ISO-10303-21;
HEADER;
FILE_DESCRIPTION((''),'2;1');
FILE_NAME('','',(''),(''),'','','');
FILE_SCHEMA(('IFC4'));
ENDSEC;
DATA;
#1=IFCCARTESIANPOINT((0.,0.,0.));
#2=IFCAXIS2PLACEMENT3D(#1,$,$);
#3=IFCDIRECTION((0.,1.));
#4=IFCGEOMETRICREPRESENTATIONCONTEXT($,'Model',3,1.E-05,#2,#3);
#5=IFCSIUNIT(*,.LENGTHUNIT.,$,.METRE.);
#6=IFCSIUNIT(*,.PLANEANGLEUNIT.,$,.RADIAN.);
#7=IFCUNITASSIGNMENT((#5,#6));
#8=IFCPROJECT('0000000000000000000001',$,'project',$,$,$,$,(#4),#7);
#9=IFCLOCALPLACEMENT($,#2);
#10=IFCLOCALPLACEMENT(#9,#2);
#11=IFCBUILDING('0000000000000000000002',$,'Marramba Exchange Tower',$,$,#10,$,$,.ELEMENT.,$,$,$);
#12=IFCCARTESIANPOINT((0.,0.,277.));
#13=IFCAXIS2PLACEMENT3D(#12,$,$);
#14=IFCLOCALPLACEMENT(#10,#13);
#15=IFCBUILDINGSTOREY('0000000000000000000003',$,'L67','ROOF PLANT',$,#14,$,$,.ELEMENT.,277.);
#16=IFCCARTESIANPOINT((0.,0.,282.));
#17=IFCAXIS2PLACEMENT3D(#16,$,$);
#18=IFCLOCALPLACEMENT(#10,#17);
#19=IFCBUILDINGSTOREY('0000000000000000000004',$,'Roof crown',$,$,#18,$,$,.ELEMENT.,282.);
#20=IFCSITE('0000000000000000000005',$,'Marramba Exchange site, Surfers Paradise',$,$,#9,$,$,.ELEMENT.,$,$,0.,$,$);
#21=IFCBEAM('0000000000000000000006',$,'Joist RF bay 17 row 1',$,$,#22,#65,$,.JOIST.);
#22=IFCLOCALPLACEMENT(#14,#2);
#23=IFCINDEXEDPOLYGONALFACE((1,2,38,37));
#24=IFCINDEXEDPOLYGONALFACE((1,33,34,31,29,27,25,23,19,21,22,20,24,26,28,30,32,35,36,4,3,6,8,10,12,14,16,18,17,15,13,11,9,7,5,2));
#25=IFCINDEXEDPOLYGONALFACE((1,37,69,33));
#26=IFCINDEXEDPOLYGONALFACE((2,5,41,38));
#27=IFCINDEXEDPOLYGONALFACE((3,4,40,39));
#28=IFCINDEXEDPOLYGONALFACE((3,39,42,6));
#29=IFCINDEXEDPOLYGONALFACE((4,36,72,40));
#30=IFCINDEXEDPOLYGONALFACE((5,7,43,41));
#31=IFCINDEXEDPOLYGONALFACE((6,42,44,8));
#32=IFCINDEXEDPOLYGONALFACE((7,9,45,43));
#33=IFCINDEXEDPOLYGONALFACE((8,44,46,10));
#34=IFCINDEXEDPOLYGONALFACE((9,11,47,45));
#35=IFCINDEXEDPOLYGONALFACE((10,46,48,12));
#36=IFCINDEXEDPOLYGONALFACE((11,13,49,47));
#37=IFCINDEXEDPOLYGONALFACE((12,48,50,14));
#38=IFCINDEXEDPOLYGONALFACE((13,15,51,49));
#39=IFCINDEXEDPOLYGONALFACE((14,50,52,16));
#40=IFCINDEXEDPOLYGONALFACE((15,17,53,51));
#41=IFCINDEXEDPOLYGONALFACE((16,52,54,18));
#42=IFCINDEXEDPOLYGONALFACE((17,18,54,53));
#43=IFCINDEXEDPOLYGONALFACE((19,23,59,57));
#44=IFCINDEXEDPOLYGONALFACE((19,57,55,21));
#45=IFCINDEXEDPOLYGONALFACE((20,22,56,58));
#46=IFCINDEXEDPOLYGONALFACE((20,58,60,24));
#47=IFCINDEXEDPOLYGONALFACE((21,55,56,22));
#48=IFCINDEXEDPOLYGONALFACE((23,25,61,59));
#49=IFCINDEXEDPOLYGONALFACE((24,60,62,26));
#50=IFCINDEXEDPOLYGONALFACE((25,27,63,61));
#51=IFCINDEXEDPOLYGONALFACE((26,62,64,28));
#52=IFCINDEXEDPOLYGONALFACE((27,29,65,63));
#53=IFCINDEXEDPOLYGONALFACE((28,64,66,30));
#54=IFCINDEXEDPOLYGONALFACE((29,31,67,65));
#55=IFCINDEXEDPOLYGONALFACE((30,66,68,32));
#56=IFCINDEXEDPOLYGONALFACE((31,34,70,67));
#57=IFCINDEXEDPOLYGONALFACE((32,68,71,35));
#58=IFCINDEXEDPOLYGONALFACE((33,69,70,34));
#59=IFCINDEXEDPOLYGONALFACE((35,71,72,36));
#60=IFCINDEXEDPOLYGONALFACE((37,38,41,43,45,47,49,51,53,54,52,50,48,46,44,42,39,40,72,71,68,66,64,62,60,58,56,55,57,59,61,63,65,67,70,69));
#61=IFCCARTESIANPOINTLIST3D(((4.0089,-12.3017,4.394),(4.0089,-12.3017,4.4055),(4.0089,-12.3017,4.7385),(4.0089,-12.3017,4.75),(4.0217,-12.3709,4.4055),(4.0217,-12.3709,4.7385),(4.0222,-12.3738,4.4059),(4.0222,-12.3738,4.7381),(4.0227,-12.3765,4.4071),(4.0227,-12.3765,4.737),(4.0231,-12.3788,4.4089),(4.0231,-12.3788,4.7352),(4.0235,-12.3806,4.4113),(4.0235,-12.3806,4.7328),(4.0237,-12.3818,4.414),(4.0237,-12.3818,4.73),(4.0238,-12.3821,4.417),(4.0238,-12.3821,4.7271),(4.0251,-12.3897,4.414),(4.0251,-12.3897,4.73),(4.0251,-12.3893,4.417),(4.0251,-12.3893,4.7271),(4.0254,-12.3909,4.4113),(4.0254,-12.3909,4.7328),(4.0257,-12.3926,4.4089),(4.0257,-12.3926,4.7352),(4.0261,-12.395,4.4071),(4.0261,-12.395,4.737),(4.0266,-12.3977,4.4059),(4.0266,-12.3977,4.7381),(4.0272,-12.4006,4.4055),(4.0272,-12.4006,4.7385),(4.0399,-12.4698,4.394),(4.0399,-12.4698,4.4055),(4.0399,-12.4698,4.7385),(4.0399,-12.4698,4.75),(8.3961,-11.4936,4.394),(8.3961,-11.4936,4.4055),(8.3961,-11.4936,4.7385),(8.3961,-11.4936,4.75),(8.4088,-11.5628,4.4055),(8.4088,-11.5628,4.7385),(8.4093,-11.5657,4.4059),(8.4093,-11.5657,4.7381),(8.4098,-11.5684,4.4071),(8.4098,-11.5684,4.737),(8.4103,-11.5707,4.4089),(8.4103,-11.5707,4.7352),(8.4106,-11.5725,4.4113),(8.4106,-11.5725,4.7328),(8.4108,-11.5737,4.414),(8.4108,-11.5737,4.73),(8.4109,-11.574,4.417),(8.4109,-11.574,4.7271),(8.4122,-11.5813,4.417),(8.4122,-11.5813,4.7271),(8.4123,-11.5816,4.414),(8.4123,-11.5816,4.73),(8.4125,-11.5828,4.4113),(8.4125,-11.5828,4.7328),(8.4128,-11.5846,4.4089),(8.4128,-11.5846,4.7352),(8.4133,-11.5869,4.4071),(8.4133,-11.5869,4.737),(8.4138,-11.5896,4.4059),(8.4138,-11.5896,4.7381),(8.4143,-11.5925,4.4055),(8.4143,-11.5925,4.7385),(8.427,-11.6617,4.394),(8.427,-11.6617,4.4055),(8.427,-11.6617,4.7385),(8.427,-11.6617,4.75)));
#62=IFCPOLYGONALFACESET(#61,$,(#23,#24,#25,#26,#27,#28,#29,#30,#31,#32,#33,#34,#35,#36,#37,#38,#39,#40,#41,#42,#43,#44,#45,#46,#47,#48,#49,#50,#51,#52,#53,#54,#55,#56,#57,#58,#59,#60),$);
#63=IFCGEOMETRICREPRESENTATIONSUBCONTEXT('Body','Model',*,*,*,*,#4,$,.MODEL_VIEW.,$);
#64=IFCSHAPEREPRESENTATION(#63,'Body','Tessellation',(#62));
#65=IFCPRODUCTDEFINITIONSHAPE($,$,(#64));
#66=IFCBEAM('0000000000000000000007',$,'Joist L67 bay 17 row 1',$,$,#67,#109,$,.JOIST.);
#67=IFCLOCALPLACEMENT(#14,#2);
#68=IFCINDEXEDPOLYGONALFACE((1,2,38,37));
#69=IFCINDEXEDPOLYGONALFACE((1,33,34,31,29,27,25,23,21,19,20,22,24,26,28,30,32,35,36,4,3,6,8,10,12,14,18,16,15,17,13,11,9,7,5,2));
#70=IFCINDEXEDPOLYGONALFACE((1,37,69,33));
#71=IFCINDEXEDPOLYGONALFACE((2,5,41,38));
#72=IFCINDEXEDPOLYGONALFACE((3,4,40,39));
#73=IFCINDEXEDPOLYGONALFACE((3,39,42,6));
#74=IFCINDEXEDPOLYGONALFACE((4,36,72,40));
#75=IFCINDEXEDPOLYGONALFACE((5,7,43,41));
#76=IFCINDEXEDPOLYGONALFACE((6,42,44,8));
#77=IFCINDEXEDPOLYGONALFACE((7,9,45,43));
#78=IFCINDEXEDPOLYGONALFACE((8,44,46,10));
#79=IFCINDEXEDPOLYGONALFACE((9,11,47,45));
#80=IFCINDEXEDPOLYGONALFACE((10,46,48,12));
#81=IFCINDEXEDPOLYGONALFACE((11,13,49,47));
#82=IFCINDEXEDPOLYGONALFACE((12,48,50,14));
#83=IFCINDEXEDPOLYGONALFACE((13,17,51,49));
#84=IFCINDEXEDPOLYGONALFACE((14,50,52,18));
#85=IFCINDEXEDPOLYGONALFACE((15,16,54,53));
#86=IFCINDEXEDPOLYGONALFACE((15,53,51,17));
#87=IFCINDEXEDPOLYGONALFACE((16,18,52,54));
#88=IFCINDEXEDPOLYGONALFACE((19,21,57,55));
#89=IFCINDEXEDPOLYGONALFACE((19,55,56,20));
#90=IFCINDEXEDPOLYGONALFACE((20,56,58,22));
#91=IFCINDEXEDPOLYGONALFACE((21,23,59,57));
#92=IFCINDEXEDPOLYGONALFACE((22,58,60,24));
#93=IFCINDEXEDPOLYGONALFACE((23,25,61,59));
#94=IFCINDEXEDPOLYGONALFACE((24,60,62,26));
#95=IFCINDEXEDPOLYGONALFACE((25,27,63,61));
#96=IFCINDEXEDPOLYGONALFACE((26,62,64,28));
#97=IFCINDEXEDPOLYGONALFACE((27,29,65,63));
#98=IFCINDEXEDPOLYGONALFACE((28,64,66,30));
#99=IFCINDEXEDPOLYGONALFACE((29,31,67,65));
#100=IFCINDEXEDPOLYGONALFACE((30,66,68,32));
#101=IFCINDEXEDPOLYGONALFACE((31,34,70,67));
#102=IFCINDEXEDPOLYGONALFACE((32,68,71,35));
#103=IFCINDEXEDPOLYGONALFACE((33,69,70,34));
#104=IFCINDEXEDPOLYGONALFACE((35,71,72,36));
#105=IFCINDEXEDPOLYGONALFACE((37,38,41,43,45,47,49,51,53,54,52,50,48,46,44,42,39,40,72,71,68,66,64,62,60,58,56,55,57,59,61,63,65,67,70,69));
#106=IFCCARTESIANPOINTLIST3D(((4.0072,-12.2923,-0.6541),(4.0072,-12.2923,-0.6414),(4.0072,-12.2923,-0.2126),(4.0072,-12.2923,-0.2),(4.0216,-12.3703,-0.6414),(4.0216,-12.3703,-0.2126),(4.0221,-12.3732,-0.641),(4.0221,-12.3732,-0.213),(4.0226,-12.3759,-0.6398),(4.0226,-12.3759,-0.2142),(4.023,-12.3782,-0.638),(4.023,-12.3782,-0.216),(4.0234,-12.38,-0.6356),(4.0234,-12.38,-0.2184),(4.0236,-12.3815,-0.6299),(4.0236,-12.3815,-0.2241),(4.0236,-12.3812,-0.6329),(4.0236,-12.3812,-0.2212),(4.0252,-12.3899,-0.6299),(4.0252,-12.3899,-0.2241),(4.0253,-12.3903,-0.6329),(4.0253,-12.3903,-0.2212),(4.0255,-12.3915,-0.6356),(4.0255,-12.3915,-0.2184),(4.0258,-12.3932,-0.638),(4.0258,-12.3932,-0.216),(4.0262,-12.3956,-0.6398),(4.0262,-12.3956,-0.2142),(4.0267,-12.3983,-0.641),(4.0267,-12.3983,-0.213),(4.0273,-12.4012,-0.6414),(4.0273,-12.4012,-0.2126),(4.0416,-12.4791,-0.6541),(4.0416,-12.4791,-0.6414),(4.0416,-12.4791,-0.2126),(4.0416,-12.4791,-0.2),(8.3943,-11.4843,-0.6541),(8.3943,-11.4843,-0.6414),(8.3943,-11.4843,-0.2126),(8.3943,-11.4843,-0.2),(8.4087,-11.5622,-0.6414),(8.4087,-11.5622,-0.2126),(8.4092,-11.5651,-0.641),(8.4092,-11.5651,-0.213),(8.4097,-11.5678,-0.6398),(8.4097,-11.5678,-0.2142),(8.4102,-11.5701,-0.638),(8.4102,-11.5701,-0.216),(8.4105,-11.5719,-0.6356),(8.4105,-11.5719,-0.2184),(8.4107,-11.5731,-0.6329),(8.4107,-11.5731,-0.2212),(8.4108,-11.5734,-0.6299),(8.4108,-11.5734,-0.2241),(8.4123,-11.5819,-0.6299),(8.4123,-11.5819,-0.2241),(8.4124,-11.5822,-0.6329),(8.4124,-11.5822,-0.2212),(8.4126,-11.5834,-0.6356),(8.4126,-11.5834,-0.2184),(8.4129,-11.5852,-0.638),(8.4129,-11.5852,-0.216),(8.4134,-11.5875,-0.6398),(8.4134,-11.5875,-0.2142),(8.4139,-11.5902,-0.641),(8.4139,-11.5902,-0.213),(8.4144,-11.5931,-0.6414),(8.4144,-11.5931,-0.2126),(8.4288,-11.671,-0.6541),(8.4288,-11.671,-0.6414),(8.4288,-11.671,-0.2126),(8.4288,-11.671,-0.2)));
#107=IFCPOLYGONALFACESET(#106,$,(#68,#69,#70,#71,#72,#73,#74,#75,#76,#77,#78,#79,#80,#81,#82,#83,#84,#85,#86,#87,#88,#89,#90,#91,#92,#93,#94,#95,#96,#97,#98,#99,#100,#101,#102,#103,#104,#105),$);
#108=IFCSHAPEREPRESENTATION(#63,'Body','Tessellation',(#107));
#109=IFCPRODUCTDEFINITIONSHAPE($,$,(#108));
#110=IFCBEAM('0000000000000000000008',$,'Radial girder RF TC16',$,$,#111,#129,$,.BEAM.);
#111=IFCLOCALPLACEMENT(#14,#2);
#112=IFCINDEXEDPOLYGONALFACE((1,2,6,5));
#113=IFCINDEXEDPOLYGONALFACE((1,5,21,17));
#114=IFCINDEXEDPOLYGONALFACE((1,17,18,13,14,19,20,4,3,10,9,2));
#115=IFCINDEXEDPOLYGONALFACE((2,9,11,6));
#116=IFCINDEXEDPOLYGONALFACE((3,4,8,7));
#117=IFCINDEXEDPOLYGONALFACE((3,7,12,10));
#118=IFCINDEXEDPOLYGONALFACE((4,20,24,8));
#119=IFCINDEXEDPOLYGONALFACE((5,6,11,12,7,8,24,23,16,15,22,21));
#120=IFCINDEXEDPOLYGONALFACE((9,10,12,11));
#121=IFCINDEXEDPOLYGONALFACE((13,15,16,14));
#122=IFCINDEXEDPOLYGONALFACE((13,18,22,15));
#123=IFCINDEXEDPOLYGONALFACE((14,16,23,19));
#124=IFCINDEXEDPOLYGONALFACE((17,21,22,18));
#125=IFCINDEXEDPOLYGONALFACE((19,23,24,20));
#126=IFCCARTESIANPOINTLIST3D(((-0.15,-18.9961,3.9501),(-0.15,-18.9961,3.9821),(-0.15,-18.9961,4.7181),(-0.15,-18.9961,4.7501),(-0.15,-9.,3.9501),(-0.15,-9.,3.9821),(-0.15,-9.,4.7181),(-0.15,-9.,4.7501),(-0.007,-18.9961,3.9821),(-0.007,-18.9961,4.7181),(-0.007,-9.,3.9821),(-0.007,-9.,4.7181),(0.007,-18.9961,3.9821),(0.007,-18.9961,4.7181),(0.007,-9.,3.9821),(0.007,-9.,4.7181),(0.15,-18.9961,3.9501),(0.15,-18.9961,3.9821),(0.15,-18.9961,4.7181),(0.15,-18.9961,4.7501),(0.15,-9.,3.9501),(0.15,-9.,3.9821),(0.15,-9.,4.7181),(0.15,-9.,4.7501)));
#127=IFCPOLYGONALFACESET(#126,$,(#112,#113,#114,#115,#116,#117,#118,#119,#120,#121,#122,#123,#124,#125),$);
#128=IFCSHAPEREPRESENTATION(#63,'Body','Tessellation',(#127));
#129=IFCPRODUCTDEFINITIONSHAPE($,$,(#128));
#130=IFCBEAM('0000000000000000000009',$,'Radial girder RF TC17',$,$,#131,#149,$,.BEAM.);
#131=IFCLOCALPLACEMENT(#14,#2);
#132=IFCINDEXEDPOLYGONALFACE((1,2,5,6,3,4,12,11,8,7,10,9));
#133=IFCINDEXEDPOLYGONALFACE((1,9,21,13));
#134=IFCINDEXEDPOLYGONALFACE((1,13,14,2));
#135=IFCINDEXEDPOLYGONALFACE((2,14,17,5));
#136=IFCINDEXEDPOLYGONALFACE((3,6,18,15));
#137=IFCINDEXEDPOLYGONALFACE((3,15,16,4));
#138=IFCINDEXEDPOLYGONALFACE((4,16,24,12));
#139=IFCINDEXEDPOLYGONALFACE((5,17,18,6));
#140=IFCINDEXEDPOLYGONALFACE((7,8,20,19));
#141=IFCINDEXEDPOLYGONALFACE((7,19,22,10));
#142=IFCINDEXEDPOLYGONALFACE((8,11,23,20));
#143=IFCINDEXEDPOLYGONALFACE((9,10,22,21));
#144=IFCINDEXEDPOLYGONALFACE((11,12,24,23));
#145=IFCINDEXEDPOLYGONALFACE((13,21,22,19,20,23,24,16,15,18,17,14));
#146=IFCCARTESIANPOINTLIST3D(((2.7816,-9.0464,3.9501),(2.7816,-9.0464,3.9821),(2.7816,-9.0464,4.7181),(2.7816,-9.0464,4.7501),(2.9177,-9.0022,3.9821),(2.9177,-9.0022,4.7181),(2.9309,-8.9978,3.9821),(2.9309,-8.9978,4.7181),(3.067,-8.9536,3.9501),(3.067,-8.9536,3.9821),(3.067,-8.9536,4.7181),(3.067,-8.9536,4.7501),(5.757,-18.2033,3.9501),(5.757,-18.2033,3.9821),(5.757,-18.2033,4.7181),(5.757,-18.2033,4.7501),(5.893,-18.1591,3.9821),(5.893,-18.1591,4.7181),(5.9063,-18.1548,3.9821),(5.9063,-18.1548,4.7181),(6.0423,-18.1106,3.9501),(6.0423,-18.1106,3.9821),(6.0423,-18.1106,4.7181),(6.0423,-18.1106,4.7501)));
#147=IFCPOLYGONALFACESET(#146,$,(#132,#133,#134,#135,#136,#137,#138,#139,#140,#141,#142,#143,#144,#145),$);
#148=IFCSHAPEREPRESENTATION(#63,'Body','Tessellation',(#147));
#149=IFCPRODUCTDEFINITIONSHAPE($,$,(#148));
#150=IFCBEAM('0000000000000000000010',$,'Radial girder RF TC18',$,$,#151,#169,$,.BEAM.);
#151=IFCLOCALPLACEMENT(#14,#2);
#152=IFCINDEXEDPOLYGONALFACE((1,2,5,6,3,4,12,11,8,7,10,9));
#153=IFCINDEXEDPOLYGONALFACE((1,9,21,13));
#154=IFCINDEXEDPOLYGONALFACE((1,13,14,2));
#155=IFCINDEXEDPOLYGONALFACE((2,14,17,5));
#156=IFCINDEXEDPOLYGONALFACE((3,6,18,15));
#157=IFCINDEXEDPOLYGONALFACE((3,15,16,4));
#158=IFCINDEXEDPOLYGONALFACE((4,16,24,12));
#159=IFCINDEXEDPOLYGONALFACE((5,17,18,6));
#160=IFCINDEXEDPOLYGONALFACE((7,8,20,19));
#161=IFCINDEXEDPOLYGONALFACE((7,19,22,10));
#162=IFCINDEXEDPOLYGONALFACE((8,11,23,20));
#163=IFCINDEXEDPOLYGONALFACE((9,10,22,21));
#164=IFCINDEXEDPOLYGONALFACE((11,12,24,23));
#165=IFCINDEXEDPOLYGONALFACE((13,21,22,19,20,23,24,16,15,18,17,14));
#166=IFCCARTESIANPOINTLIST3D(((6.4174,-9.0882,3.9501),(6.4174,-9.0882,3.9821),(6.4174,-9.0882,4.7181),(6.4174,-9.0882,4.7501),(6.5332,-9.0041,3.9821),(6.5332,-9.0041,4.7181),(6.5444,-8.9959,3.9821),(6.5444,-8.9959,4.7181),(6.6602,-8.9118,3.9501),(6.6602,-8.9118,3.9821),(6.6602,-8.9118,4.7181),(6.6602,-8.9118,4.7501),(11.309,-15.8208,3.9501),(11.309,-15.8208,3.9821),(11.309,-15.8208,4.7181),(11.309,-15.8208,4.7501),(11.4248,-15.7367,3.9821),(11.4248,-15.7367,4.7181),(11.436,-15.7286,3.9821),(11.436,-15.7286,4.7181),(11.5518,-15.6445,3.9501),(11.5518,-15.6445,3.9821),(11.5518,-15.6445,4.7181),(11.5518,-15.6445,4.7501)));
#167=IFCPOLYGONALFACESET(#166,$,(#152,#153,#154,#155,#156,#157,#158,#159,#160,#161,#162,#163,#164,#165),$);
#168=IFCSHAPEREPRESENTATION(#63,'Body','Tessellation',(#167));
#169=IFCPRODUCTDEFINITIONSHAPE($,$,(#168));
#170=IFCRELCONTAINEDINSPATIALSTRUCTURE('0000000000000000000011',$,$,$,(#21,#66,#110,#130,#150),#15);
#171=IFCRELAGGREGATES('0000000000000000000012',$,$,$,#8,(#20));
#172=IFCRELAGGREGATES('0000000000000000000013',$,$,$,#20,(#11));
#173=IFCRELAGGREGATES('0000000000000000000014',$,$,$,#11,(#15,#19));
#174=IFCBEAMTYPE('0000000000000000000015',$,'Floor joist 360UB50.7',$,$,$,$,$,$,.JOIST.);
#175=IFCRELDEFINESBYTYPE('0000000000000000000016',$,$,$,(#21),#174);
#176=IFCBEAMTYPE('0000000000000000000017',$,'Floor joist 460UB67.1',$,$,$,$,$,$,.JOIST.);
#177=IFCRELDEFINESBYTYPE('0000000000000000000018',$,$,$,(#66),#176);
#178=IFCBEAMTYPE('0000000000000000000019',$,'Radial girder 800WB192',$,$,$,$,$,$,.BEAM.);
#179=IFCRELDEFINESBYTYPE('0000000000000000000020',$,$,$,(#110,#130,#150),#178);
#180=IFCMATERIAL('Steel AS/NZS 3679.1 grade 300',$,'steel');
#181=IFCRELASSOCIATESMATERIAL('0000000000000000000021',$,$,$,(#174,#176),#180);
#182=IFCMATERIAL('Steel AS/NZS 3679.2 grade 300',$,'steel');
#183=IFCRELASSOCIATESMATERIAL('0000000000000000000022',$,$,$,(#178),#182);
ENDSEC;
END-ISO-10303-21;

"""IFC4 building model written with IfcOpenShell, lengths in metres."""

from ifc_helpers import new_model, si_unit, direction, frame, origin, origin_2d, place, context, subcontext, project, spatial, i_section, extrude, material, material_profile, profile_set, type_object, element, save


model = new_model("IFC4")

# Units and contexts
model_context = context("Model", 3, precision=1e-05, world=origin(), true_north=direction((0.0, 1.0)))
body_context = subcontext(model_context, "Body", "Model", "MODEL_VIEW")
ifc_project = project(units=[si_unit("LENGTHUNIT", "METRE"), si_unit("PLANEANGLEUNIT", "RADIAN")], contexts=[model_context])

# Site, building, storey
site_placement = place(None, origin())
site = spatial("IfcSite", under=ifc_project, at=site_placement, Name="Marramba Exchange site, Surfers Paradise", CompositionType="ELEMENT", RefElevation=0.0)
building_placement = place(site_placement, origin())
building = spatial("IfcBuilding", under=site, at=building_placement, Name="Marramba Exchange Tower", CompositionType="ELEMENT")
storey_1_placement = place(building_placement, frame((0.0, 0.0, 277.0)))
storey_1 = spatial("IfcBuildingStorey", under=building, at=storey_1_placement, Name="L67", Description="ROOF PLANT", CompositionType="ELEMENT", Elevation=277.0)

# Beams
ifc_material_1 = material(Name="Steel AS/NZS 3679.1 grade 300", Category="steel")
ifc_material_profile_1 = material_profile(ifc_material_1, i_section(OverallWidth=0.1709, OverallDepth=0.356, WebThickness=0.0073, FlangeThickness=0.0115, FilletRadius=0.0115, at=origin_2d()), Name="360UB50.7")
ifc_profile_set_1 = profile_set([ifc_material_profile_1], Name="Steel AS/NZS 3679.1 grade 300")
beam_type_1 = type_object("IfcBeamType", Name="Floor joist 360UB50.7", PredefinedType="JOIST", material=ifc_profile_set_1)
beam_1_placement = place(storey_1_placement, frame((4.0244, -12.3857, 4.572), z_axis=(0.983456, 0.181149, 0.0), x_axis=(-0.181149, 0.983456, 0.0)))
element("IfcBeam", 1, at=beam_1_placement, inside=storey_1, type_object=beam_type_1, Name="Joist RF bay 17 row 1", PredefinedType="JOIST", context=body_context, shape_type="SweptSolid", body=[
    extrude(i_section(OverallWidth=0.1709, OverallDepth=0.356, WebThickness=0.0073, FlangeThickness=0.0115, FilletRadius=0.0115, at=origin_2d()), origin(), (0.0, 0.0, 1.0), 4.4609),
])
ifc_material_profile_2 = material_profile(ifc_material_1, i_section(OverallWidth=0.1899, OverallDepth=0.4541, WebThickness=0.0085, FlangeThickness=0.0127, FilletRadius=0.0115, at=origin_2d()), Name="460UB67.1")
ifc_profile_set_2 = profile_set([ifc_material_profile_2], Name="Steel AS/NZS 3679.1 grade 300")
beam_type_2 = type_object("IfcBeamType", Name="Floor joist 460UB67.1", PredefinedType="JOIST", material=ifc_profile_set_2)
beam_2_placement = place(storey_1_placement, frame((4.0244, -12.3857, -0.427), z_axis=(0.983456, 0.181149, 0.0), x_axis=(-0.181149, 0.983456, 0.0)))
element("IfcBeam", 2, at=beam_2_placement, inside=storey_1, type_object=beam_type_2, Name="Joist L67 bay 17 row 1", PredefinedType="JOIST", context=body_context, shape_type="SweptSolid", body=[
    extrude(i_section(OverallWidth=0.1899, OverallDepth=0.4541, WebThickness=0.0085, FlangeThickness=0.0127, FilletRadius=0.0115, at=origin_2d()), origin(), (0.0, 0.0, 1.0), 4.4609),
])
ifc_material_2 = material(Name="Steel AS/NZS 3679.2 grade 300", Category="steel")
ifc_material_profile_3 = material_profile(ifc_material_2, i_section(OverallWidth=0.3, OverallDepth=0.8, WebThickness=0.0139, FlangeThickness=0.032, at=origin_2d()), Name="800WB192")
ifc_profile_set_3 = profile_set([ifc_material_profile_3], Name="Steel AS/NZS 3679.2 grade 300")
beam_type_3 = type_object("IfcBeamType", Name="Radial girder 800WB192", PredefinedType="BEAM", material=ifc_profile_set_3)
beam_3_placement = place(storey_1_placement, frame((0.0, -9.0, 4.3501), z_axis=(0.0, -1.0, 0.0), x_axis=(1.0, 0.0, 0.0)))
element("IfcBeam", 3, at=beam_3_placement, inside=storey_1, type_object=beam_type_3, Name="Radial girder RF TC16", PredefinedType="BEAM", context=body_context, shape_type="SweptSolid", body=[
    extrude(i_section(OverallWidth=0.3, OverallDepth=0.8, WebThickness=0.0139, FlangeThickness=0.032, at=origin_2d()), origin(), (0.0, 0.0, 1.0), 9.9961),
])
beam_4_placement = place(storey_1_placement, frame((2.9243, -9.0, 4.3501), z_axis=(0.309022, -0.951055, 0.0), x_axis=(0.951055, 0.309022, 0.0)))
element("IfcBeam", 4, at=beam_4_placement, inside=storey_1, type_object=beam_type_3, Name="Radial girder RF TC17", PredefinedType="BEAM", context=body_context, shape_type="SweptSolid", body=[
    extrude(i_section(OverallWidth=0.3, OverallDepth=0.8, WebThickness=0.0139, FlangeThickness=0.032, at=origin_2d()), origin(), (0.0, 0.0, 1.0), 9.6282),
])
beam_5_placement = place(storey_1_placement, frame((6.5388, -9.0, 4.3501), z_axis=(0.587788, -0.809015, 0.0), x_axis=(0.809015, 0.587788, 0.0)))
element("IfcBeam", 5, at=beam_5_placement, inside=storey_1, type_object=beam_type_3, Name="Radial girder RF TC18", PredefinedType="BEAM", context=body_context, shape_type="SweptSolid", body=[
    extrude(i_section(OverallWidth=0.3, OverallDepth=0.8, WebThickness=0.0139, FlangeThickness=0.032, at=origin_2d()), origin(), (0.0, 0.0, 1.0), 8.322),
])

# Shared definitions
storey_2_placement = place(building_placement, frame((0.0, 0.0, 282.0)))
storey_2 = spatial("IfcBuildingStorey", under=building, at=storey_2_placement, Name="Roof crown", CompositionType="ELEMENT", Elevation=282.0)

save(model, "model.ifc")
